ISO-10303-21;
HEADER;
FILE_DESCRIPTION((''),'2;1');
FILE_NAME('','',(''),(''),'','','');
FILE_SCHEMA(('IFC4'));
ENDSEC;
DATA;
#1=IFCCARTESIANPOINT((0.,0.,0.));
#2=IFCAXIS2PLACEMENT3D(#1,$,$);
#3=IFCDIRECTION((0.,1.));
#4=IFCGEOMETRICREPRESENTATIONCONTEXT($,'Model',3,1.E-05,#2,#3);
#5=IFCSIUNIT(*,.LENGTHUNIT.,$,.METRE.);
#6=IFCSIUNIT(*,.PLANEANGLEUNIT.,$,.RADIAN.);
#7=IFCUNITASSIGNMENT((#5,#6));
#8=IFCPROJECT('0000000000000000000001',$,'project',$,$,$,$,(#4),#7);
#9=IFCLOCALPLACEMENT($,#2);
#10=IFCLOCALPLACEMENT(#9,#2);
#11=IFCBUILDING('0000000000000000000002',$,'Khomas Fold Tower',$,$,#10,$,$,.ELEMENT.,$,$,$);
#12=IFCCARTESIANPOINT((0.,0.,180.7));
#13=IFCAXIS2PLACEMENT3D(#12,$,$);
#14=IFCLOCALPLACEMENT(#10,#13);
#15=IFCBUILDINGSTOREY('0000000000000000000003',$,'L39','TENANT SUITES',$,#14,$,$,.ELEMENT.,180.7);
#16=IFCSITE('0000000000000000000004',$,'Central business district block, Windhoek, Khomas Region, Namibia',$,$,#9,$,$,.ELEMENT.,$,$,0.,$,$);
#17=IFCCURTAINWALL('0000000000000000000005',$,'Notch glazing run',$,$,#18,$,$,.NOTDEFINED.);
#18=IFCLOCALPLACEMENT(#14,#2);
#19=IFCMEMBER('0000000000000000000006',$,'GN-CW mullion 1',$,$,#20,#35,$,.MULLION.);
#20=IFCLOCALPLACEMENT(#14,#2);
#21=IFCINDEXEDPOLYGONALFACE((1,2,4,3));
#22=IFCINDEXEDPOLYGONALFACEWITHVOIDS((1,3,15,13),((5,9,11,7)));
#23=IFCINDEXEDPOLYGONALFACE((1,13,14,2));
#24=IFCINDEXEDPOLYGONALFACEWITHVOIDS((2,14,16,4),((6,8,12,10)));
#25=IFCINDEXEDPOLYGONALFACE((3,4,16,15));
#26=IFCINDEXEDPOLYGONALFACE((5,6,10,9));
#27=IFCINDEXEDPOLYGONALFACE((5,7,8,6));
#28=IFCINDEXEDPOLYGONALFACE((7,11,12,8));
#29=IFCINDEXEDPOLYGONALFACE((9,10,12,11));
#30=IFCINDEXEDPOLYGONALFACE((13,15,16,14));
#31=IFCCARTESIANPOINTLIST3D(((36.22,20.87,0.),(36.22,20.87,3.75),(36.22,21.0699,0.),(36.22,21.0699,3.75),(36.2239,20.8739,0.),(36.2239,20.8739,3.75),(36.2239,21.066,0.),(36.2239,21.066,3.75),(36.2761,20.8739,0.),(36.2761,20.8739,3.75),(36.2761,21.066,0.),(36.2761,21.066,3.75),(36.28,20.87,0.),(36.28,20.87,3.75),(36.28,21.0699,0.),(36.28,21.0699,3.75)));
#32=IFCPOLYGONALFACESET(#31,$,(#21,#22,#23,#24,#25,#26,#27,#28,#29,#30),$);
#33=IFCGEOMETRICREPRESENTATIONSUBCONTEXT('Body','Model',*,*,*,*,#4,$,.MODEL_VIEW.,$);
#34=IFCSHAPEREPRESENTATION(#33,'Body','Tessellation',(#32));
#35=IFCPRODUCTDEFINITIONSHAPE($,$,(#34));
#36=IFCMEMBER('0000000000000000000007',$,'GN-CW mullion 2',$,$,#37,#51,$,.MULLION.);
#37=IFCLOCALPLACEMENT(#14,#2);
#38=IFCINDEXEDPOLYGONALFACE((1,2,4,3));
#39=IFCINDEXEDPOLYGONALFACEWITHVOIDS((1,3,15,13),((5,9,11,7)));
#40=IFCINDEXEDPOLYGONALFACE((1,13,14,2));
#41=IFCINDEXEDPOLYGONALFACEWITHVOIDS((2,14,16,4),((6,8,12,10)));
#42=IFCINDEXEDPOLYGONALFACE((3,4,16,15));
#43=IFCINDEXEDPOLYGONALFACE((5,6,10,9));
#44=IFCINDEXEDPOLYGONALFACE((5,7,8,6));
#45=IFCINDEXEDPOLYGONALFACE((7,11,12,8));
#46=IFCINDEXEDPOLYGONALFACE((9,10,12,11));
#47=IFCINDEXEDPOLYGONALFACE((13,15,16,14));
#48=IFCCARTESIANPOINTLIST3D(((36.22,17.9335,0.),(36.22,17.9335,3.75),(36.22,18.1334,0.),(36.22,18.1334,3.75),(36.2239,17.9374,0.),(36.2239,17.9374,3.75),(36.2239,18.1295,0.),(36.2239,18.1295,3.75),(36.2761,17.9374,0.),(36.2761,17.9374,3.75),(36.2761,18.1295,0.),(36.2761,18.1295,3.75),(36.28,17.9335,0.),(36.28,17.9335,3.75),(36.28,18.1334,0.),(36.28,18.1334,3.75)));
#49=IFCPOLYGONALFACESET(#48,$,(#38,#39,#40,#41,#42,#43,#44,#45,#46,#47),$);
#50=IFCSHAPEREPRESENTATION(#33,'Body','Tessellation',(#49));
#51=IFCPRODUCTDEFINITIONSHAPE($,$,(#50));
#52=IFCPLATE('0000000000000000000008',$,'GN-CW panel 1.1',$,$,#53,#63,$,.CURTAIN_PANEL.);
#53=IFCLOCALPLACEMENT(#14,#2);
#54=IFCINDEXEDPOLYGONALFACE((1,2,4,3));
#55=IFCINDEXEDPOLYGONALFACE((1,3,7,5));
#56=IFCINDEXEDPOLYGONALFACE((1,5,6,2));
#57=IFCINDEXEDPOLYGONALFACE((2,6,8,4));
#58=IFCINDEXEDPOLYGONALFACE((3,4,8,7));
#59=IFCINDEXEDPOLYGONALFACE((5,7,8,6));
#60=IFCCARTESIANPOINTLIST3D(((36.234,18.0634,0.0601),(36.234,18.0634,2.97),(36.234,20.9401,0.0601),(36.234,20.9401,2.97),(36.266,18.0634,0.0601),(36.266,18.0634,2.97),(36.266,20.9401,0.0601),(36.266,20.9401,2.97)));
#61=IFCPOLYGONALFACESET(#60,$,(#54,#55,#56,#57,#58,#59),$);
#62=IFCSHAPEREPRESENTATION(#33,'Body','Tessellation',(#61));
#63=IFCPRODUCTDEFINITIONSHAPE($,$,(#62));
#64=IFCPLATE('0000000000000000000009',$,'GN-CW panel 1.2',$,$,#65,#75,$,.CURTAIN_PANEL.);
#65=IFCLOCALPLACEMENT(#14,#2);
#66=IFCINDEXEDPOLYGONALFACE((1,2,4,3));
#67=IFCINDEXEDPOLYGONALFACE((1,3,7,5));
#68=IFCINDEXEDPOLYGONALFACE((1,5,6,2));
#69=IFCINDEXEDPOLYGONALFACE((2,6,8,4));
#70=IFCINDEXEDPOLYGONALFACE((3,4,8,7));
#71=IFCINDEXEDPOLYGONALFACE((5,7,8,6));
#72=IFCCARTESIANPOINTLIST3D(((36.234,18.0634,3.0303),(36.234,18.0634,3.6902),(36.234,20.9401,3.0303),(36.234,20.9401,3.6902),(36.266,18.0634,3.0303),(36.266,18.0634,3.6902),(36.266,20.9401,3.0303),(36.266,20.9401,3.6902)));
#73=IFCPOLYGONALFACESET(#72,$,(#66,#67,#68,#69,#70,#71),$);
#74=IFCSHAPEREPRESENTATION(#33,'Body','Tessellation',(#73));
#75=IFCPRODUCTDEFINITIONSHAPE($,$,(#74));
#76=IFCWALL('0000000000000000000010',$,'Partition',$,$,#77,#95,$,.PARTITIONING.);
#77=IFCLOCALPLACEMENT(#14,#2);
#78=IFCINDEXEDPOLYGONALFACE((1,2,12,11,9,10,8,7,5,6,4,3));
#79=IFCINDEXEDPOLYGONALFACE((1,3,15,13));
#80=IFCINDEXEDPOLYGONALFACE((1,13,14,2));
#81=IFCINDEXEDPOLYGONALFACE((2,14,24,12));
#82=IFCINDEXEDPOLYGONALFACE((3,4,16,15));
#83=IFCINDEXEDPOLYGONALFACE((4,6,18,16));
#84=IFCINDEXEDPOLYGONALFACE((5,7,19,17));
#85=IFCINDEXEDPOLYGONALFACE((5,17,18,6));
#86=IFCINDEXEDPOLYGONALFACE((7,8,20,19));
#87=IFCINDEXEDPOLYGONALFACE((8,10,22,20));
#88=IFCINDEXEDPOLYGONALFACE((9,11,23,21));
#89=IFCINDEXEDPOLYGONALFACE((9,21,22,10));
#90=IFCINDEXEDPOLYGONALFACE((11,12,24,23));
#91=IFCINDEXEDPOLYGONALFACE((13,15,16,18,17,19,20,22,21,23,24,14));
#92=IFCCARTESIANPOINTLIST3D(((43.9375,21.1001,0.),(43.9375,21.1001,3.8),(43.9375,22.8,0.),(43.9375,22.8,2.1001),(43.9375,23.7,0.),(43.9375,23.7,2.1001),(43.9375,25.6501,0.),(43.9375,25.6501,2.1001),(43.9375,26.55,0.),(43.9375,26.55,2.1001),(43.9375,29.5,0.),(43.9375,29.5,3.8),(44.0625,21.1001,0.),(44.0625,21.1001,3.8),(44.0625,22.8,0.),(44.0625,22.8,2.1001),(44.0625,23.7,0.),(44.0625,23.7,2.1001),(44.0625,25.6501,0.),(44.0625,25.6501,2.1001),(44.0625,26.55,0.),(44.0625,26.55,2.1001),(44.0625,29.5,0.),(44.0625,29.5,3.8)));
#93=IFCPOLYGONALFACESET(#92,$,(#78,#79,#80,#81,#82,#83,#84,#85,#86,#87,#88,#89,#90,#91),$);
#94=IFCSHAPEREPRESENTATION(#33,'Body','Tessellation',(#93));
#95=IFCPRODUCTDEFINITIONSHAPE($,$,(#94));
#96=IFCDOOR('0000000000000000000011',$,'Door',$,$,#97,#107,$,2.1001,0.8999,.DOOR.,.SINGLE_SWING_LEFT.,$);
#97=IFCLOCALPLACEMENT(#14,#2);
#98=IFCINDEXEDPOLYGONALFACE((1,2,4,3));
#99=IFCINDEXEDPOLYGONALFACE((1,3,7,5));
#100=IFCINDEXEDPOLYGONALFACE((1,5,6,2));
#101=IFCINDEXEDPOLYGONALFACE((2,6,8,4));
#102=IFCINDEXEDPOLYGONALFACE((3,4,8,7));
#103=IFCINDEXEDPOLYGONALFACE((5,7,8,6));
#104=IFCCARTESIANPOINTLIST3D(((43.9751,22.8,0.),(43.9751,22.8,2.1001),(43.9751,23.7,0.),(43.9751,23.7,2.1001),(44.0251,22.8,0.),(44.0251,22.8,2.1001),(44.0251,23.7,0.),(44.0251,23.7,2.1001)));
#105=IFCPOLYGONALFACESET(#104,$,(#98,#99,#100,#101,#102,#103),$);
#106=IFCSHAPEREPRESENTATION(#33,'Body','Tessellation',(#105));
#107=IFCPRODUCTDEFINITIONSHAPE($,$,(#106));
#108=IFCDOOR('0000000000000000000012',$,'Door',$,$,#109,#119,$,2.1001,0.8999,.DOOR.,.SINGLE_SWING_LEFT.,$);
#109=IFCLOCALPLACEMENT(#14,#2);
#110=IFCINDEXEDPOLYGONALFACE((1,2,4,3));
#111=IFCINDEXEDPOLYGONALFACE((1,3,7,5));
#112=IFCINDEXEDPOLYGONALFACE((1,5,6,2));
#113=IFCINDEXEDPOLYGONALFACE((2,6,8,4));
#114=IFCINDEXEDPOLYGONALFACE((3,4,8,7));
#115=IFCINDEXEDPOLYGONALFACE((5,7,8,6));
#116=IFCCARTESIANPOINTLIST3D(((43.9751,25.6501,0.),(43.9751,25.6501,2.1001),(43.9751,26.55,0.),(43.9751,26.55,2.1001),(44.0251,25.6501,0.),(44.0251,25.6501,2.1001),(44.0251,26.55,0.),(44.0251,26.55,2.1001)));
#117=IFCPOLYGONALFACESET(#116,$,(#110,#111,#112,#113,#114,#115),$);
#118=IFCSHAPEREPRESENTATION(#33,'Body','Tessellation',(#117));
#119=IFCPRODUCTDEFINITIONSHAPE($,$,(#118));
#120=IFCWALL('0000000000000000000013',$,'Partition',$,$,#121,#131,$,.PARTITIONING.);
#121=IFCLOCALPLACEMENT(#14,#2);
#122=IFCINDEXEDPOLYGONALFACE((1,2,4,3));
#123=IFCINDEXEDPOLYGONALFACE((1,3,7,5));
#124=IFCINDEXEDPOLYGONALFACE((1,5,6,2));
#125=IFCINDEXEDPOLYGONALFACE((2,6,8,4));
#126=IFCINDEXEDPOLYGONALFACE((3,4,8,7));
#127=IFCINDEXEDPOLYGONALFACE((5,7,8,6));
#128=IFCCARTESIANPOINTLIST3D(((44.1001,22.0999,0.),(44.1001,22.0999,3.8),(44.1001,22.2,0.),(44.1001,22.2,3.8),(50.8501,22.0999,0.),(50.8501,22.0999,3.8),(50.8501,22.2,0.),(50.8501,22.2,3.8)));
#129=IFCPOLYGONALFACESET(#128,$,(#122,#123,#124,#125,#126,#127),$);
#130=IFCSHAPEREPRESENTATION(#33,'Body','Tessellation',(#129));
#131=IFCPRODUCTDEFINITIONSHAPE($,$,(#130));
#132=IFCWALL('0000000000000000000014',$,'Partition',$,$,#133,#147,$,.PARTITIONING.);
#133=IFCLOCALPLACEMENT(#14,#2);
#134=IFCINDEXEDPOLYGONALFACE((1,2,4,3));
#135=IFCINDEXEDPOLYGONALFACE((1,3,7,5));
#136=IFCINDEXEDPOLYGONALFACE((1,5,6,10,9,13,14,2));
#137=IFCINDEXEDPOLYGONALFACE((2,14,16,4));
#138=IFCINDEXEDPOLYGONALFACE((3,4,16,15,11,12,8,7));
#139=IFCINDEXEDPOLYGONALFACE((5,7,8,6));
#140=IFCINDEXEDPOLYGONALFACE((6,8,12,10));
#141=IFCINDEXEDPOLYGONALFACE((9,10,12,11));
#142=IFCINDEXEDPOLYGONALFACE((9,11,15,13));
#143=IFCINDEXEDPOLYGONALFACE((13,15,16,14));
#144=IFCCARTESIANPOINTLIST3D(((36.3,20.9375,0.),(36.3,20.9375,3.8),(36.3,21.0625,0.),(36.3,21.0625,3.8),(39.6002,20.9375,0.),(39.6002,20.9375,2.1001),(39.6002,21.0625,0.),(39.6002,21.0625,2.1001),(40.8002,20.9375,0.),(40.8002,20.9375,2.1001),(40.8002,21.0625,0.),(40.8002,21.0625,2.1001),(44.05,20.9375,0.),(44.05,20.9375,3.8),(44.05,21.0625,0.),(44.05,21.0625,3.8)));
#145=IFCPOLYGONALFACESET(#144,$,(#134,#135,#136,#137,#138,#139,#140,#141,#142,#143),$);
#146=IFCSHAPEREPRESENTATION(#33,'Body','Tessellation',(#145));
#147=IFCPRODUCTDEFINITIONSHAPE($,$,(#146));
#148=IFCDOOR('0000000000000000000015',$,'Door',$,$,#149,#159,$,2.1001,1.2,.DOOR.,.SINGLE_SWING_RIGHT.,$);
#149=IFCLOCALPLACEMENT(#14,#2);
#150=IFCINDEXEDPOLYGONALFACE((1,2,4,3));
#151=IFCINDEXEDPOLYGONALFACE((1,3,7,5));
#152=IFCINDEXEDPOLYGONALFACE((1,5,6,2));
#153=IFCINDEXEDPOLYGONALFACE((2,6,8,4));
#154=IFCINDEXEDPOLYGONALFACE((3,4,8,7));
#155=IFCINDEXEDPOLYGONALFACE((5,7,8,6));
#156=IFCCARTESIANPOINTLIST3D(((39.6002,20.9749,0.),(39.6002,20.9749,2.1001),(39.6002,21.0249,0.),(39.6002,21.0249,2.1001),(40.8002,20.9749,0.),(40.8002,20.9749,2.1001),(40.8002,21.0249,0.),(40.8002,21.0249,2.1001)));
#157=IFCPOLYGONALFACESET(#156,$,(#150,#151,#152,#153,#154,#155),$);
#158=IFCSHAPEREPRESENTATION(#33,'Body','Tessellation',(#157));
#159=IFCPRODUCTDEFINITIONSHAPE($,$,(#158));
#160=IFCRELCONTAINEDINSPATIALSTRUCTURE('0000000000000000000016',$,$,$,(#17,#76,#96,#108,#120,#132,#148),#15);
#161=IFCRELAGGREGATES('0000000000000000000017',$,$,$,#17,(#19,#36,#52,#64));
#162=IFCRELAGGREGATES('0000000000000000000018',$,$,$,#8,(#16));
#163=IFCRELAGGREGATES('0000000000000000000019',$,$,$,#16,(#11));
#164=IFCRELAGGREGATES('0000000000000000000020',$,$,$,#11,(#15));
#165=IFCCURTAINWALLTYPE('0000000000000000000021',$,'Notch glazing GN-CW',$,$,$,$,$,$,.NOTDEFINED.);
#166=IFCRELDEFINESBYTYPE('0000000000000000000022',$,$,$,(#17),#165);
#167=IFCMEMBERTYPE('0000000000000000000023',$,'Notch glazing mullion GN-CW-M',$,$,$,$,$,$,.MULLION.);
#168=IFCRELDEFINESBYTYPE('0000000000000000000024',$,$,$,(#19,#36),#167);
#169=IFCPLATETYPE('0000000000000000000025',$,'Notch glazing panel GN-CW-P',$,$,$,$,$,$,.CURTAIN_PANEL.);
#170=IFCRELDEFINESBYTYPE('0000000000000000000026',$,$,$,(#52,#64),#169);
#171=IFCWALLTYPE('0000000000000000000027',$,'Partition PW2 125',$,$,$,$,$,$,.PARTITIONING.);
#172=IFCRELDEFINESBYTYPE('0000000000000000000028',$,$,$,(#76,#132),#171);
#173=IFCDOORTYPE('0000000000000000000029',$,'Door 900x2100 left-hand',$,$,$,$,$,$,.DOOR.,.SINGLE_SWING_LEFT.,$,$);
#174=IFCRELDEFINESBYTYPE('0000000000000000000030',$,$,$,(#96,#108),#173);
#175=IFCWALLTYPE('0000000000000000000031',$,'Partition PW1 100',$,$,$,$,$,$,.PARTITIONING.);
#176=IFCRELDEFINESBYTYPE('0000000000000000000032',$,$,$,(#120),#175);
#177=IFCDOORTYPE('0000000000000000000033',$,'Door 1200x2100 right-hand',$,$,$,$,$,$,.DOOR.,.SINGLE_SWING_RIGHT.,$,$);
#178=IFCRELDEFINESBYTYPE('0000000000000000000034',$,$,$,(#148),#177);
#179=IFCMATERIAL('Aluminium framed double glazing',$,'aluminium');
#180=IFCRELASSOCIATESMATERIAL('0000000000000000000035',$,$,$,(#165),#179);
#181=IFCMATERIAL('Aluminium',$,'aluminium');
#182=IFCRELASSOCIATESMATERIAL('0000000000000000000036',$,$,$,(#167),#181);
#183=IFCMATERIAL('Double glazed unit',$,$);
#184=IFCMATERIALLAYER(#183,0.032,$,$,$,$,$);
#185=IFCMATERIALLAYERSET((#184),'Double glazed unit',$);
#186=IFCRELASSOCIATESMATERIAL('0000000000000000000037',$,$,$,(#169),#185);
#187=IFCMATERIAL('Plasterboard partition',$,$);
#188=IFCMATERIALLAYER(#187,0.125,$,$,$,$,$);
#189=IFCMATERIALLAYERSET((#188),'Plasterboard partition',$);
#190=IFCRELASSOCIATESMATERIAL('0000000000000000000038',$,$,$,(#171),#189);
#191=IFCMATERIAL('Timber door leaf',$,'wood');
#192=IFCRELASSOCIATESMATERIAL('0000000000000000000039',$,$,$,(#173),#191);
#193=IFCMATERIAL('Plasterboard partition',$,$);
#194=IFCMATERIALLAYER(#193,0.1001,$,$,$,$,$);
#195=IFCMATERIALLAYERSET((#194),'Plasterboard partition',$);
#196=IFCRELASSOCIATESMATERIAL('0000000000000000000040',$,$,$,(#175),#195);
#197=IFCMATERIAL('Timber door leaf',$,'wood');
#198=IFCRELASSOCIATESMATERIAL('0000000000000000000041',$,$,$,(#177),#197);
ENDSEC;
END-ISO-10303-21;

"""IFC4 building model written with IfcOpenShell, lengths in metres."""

from ifc_helpers import new_model, si_unit, direction, frame, frame_2d, origin, origin_2d, place, context, subcontext, project, spatial, rectangle, hollow_rectangle, extrude, source, transform, mapped, material, layer, layer_set, material_profile, profile_set, type_object, element, fill, aggregate, save


model = new_model("IFC4")

# Units and contexts
model_context = context("Model", 3, precision=1e-05, world=origin(), true_north=direction((0.0, 1.0)))
body_context = subcontext(model_context, "Body", "Model", "MODEL_VIEW")
ifc_project = project(units=[si_unit("LENGTHUNIT", "METRE"), si_unit("PLANEANGLEUNIT", "RADIAN")], contexts=[model_context])

# Site, building, storey
site_placement = place(None, origin())
site = spatial("IfcSite", under=ifc_project, at=site_placement, Name="Central business district block, Windhoek, Khomas Region, Namibia", CompositionType="ELEMENT", RefElevation=0.0)
building_placement = place(site_placement, origin())
building = spatial("IfcBuilding", under=site, at=building_placement, Name="Khomas Fold Tower", CompositionType="ELEMENT")
storey_placement = place(building_placement, frame((0.0, 0.0, 180.7)))
storey = spatial("IfcBuildingStorey", under=building, at=storey_placement, Name="L39", Description="TENANT SUITES", CompositionType="ELEMENT", Elevation=180.7)

# Curtain wall, members, plates
ifc_material_1 = material(Name="Aluminium framed double glazing", Category="aluminium")
curtain_wall_type_1 = type_object("IfcCurtainWallType", Name="Notch glazing GN-CW", PredefinedType="NOTDEFINED", material=ifc_material_1)
curtain_wall_1_placement = place(storey_placement, origin())
curtain_wall_1 = element("IfcCurtainWall", 1, at=curtain_wall_1_placement, inside=storey, type_object=curtain_wall_type_1, Name="Notch glazing run", PredefinedType="NOTDEFINED")
ifc_material_2 = material(Name="Aluminium", Category="aluminium")
ifc_material_profile_1 = material_profile(ifc_material_2, hollow_rectangle(XDim=0.0601, YDim=0.2, WallThickness=0.0039, at=origin_2d()), Name="Notch glazing mullion GN-CW-M")
ifc_profile_set_1 = profile_set([ifc_material_profile_1], Name="Aluminium")
member_type_1 = type_object("IfcMemberType", Name="Notch glazing mullion GN-CW-M", PredefinedType="MULLION", material=ifc_profile_set_1)
shared_shape_1 = source(origin(), body_context, "Body", "SweptSolid", [
    extrude(hollow_rectangle(XDim=0.0601, YDim=0.2, WallThickness=0.0039, at=origin_2d()), origin(), (0.0, 0.0, 1.0), 3.75),
])
member_1_placement = place(storey_placement, frame((36.25, 20.97, 0.0), z_axis=(0.0, 0.0, 1.0), x_axis=(1.0, 0.0, 0.0)))
member_1 = element("IfcMember", 2, at=member_1_placement, type_object=member_type_1, Name="GN-CW mullion 1", PredefinedType="MULLION", context=body_context, shape_type="MappedRepresentation", body=[
    mapped(shared_shape_1, transform((0.0, 0.0, 0.0))),
])
member_2_placement = place(storey_placement, frame((36.25, 18.0334, 0.0), z_axis=(0.0, 0.0, 1.0), x_axis=(1.0, 0.0, 0.0)))
member_2 = element("IfcMember", 3, at=member_2_placement, type_object=member_type_1, Name="GN-CW mullion 2", PredefinedType="MULLION", context=body_context, shape_type="MappedRepresentation", body=[
    mapped(shared_shape_1, transform((0.0, 0.0, 0.0))),
])
ifc_material_3 = material(Name="Double glazed unit")
ifc_layer_1 = layer(ifc_material_3, 0.032)
ifc_layer_set_1 = layer_set([ifc_layer_1], Name="Double glazed unit")
plate_type = type_object("IfcPlateType", Name="Notch glazing panel GN-CW-P", PredefinedType="CURTAIN_PANEL", material=ifc_layer_set_1)
shared_shape_2 = source(origin(), body_context, "Body", "SweptSolid", [
    extrude(rectangle(XDim=2.8767, YDim=0.032, at=origin_2d()), origin(), (0.0, 0.0, 1.0), 2.9099),
])
plate_1_placement = place(storey_placement, frame((36.25, 19.5017, 0.0601), z_axis=(0.0, 0.0, 1.0), x_axis=(0.0, -1.0, 0.0)))
plate_1 = element("IfcPlate", 4, at=plate_1_placement, type_object=plate_type, Name="GN-CW panel 1.1", PredefinedType="CURTAIN_PANEL", context=body_context, shape_type="MappedRepresentation", body=[
    mapped(shared_shape_2, transform((0.0, 0.0, 0.0))),
])
shared_shape_3 = source(origin(), body_context, "Body", "SweptSolid", [
    extrude(rectangle(XDim=2.8767, YDim=0.032, at=origin_2d()), origin(), (0.0, 0.0, 1.0), 0.6599),
])
plate_2_placement = place(storey_placement, frame((36.25, 19.5017, 3.0303), z_axis=(0.0, 0.0, 1.0), x_axis=(0.0, -1.0, 0.0)))
plate_2 = element("IfcPlate", 5, at=plate_2_placement, type_object=plate_type, Name="GN-CW panel 1.2", PredefinedType="CURTAIN_PANEL", context=body_context, shape_type="MappedRepresentation", body=[
    mapped(shared_shape_3, transform((0.0, 0.0, 0.0))),
])
aggregate(curtain_wall_1, [member_1, member_2, plate_1, plate_2])

# Wall, openings, doors
ifc_material_4 = material(Name="Plasterboard partition")
ifc_layer_2 = layer(ifc_material_4, 0.125)
ifc_layer_set_2 = layer_set([ifc_layer_2], Name="Plasterboard partition")
wall_type_1 = type_object("IfcWallType", Name="Partition PW2 125", PredefinedType="PARTITIONING", material=ifc_layer_set_2)
shared_shape_4 = source(origin(), body_context, "Body", "SweptSolid", [
    extrude(rectangle(XDim=8.3999, YDim=0.125, at=frame_2d((4.2, 0.0))), origin(), (0.0, 0.0, 1.0), 3.8),
])
wall_1_placement = place(storey_placement, frame((44.0, 21.1001, 0.0), z_axis=(0.0, 0.0, 1.0), x_axis=(0.0, 1.0, 0.0)))
wall_1 = element("IfcWall", 6, at=wall_1_placement, inside=storey, type_object=wall_type_1, Name="Partition", PredefinedType="PARTITIONING", context=body_context, shape_type="MappedRepresentation", body=[
    mapped(shared_shape_4, transform((0.0, 0.0, 0.0))),
])
shared_shape_5 = source(origin(), body_context, "Body", "SweptSolid", [
    extrude(rectangle(XDim=0.8999, YDim=2.1001, at=frame_2d((0.45, 1.05))), frame((0.0, 0.0725, 0.0), z_axis=(0.0, -1.0, 0.0), x_axis=(1.0, 0.0, 0.0)), (0.0, 0.0, 1.0), 0.145),
])
opening_1_placement = place(wall_1_placement, frame((1.7, 0.0, 0.0)))
opening_1 = element("IfcOpeningElement", 7, at=opening_1_placement, cuts=wall_1, PredefinedType="OPENING", context=body_context, shape_type="MappedRepresentation", body=[
    mapped(shared_shape_5, transform((0.0, 0.0, 0.0))),
])
opening_2_placement = place(wall_1_placement, frame((4.55, 0.0, 0.0)))
opening_2 = element("IfcOpeningElement", 8, at=opening_2_placement, cuts=wall_1, PredefinedType="OPENING", context=body_context, shape_type="MappedRepresentation", body=[
    mapped(shared_shape_5, transform((0.0, 0.0, 0.0))),
])
ifc_material_5 = material(Name="Timber door leaf", Category="wood")
door_type_1 = type_object("IfcDoorType", Name="Door 900x2100 left-hand", OperationType="SINGLE_SWING_LEFT", PredefinedType="DOOR", material=ifc_material_5)
shared_shape_6 = source(origin(), body_context, "Body", "SweptSolid", [
    extrude(rectangle(XDim=0.8999, YDim=2.1001, at=frame_2d((0.45, 1.05))), frame((0.0, 0.0249, 0.0), z_axis=(0.0, -1.0, 0.0), x_axis=(1.0, 0.0, 0.0)), (0.0, 0.0, 1.0), 0.05),
])
door_1_placement = place(opening_1_placement, origin())
door_1 = element("IfcDoor", 9, at=door_1_placement, inside=storey, type_object=door_type_1, Name="Door", OperationType="SINGLE_SWING_LEFT", OverallHeight=2.1001, OverallWidth=0.8999, PredefinedType="DOOR", context=body_context, shape_type="MappedRepresentation", body=[
    mapped(shared_shape_6, transform((0.0, 0.0, 0.0))),
])
fill(opening_1, door_1)
door_2_placement = place(opening_2_placement, origin())
door_2 = element("IfcDoor", 10, at=door_2_placement, inside=storey, type_object=door_type_1, Name="Door", OperationType="SINGLE_SWING_LEFT", OverallHeight=2.1001, OverallWidth=0.8999, PredefinedType="DOOR", context=body_context, shape_type="MappedRepresentation", body=[
    mapped(shared_shape_6, transform((0.0, 0.0, 0.0))),
])
fill(opening_2, door_2)

# Wall
ifc_material_6 = material(Name="Plasterboard partition")
ifc_layer_3 = layer(ifc_material_6, 0.1001)
ifc_layer_set_3 = layer_set([ifc_layer_3], Name="Plasterboard partition")
wall_type_2 = type_object("IfcWallType", Name="Partition PW1 100", PredefinedType="PARTITIONING", material=ifc_layer_set_3)
shared_shape_7 = source(origin(), body_context, "Body", "SweptSolid", [
    extrude(rectangle(XDim=6.75, YDim=0.1001, at=frame_2d((3.375, 0.0))), origin(), (0.0, 0.0, 1.0), 3.8),
])
wall_2_placement = place(storey_placement, frame((44.1001, 22.1499, 0.0), z_axis=(0.0, 0.0, 1.0), x_axis=(1.0, 0.0, 0.0)))
element("IfcWall", 11, at=wall_2_placement, inside=storey, type_object=wall_type_2, Name="Partition", PredefinedType="PARTITIONING", context=body_context, shape_type="MappedRepresentation", body=[
    mapped(shared_shape_7, transform((0.0, 0.0, 0.0))),
])

# Wall, opening, door
shared_shape_8 = source(origin(), body_context, "Body", "SweptSolid", [
    extrude(rectangle(XDim=7.75, YDim=0.125, at=frame_2d((3.875, 0.0))), origin(), (0.0, 0.0, 1.0), 3.8),
])
wall_3_placement = place(storey_placement, frame((36.3, 21.0, 0.0), z_axis=(0.0, 0.0, 1.0), x_axis=(1.0, 0.0, 0.0)))
wall_3 = element("IfcWall", 12, at=wall_3_placement, inside=storey, type_object=wall_type_1, Name="Partition", PredefinedType="PARTITIONING", context=body_context, shape_type="MappedRepresentation", body=[
    mapped(shared_shape_8, transform((0.0, 0.0, 0.0))),
])
shared_shape_9 = source(origin(), body_context, "Body", "SweptSolid", [
    extrude(rectangle(XDim=1.2, YDim=2.1001, at=frame_2d((0.6001, 1.05))), frame((0.0, 0.0725, 0.0), z_axis=(0.0, -1.0, 0.0), x_axis=(1.0, 0.0, 0.0)), (0.0, 0.0, 1.0), 0.145),
])
opening_3_placement = place(wall_3_placement, frame((3.3, 0.0, 0.0)))
opening_3 = element("IfcOpeningElement", 13, at=opening_3_placement, cuts=wall_3, PredefinedType="OPENING", context=body_context, shape_type="MappedRepresentation", body=[
    mapped(shared_shape_9, transform((0.0, 0.0, 0.0))),
])
ifc_material_7 = material(Name="Timber door leaf", Category="wood")
door_type_2 = type_object("IfcDoorType", Name="Door 1200x2100 right-hand", OperationType="SINGLE_SWING_RIGHT", PredefinedType="DOOR", material=ifc_material_7)
shared_shape_10 = source(origin(), body_context, "Body", "SweptSolid", [
    extrude(rectangle(XDim=1.2, YDim=2.1001, at=frame_2d((0.6001, 1.05))), frame((0.0, 0.0249, 0.0), z_axis=(0.0, -1.0, 0.0), x_axis=(1.0, 0.0, 0.0)), (0.0, 0.0, 1.0), 0.05),
])
door_3_placement = place(opening_3_placement, origin())
door_3 = element("IfcDoor", 14, at=door_3_placement, inside=storey, type_object=door_type_2, Name="Door", OperationType="SINGLE_SWING_RIGHT", OverallHeight=2.1001, OverallWidth=1.2, PredefinedType="DOOR", context=body_context, shape_type="MappedRepresentation", body=[
    mapped(shared_shape_10, transform((0.0, 0.0, 0.0))),
])
fill(opening_3, door_3)

save(model, "model.ifc")
